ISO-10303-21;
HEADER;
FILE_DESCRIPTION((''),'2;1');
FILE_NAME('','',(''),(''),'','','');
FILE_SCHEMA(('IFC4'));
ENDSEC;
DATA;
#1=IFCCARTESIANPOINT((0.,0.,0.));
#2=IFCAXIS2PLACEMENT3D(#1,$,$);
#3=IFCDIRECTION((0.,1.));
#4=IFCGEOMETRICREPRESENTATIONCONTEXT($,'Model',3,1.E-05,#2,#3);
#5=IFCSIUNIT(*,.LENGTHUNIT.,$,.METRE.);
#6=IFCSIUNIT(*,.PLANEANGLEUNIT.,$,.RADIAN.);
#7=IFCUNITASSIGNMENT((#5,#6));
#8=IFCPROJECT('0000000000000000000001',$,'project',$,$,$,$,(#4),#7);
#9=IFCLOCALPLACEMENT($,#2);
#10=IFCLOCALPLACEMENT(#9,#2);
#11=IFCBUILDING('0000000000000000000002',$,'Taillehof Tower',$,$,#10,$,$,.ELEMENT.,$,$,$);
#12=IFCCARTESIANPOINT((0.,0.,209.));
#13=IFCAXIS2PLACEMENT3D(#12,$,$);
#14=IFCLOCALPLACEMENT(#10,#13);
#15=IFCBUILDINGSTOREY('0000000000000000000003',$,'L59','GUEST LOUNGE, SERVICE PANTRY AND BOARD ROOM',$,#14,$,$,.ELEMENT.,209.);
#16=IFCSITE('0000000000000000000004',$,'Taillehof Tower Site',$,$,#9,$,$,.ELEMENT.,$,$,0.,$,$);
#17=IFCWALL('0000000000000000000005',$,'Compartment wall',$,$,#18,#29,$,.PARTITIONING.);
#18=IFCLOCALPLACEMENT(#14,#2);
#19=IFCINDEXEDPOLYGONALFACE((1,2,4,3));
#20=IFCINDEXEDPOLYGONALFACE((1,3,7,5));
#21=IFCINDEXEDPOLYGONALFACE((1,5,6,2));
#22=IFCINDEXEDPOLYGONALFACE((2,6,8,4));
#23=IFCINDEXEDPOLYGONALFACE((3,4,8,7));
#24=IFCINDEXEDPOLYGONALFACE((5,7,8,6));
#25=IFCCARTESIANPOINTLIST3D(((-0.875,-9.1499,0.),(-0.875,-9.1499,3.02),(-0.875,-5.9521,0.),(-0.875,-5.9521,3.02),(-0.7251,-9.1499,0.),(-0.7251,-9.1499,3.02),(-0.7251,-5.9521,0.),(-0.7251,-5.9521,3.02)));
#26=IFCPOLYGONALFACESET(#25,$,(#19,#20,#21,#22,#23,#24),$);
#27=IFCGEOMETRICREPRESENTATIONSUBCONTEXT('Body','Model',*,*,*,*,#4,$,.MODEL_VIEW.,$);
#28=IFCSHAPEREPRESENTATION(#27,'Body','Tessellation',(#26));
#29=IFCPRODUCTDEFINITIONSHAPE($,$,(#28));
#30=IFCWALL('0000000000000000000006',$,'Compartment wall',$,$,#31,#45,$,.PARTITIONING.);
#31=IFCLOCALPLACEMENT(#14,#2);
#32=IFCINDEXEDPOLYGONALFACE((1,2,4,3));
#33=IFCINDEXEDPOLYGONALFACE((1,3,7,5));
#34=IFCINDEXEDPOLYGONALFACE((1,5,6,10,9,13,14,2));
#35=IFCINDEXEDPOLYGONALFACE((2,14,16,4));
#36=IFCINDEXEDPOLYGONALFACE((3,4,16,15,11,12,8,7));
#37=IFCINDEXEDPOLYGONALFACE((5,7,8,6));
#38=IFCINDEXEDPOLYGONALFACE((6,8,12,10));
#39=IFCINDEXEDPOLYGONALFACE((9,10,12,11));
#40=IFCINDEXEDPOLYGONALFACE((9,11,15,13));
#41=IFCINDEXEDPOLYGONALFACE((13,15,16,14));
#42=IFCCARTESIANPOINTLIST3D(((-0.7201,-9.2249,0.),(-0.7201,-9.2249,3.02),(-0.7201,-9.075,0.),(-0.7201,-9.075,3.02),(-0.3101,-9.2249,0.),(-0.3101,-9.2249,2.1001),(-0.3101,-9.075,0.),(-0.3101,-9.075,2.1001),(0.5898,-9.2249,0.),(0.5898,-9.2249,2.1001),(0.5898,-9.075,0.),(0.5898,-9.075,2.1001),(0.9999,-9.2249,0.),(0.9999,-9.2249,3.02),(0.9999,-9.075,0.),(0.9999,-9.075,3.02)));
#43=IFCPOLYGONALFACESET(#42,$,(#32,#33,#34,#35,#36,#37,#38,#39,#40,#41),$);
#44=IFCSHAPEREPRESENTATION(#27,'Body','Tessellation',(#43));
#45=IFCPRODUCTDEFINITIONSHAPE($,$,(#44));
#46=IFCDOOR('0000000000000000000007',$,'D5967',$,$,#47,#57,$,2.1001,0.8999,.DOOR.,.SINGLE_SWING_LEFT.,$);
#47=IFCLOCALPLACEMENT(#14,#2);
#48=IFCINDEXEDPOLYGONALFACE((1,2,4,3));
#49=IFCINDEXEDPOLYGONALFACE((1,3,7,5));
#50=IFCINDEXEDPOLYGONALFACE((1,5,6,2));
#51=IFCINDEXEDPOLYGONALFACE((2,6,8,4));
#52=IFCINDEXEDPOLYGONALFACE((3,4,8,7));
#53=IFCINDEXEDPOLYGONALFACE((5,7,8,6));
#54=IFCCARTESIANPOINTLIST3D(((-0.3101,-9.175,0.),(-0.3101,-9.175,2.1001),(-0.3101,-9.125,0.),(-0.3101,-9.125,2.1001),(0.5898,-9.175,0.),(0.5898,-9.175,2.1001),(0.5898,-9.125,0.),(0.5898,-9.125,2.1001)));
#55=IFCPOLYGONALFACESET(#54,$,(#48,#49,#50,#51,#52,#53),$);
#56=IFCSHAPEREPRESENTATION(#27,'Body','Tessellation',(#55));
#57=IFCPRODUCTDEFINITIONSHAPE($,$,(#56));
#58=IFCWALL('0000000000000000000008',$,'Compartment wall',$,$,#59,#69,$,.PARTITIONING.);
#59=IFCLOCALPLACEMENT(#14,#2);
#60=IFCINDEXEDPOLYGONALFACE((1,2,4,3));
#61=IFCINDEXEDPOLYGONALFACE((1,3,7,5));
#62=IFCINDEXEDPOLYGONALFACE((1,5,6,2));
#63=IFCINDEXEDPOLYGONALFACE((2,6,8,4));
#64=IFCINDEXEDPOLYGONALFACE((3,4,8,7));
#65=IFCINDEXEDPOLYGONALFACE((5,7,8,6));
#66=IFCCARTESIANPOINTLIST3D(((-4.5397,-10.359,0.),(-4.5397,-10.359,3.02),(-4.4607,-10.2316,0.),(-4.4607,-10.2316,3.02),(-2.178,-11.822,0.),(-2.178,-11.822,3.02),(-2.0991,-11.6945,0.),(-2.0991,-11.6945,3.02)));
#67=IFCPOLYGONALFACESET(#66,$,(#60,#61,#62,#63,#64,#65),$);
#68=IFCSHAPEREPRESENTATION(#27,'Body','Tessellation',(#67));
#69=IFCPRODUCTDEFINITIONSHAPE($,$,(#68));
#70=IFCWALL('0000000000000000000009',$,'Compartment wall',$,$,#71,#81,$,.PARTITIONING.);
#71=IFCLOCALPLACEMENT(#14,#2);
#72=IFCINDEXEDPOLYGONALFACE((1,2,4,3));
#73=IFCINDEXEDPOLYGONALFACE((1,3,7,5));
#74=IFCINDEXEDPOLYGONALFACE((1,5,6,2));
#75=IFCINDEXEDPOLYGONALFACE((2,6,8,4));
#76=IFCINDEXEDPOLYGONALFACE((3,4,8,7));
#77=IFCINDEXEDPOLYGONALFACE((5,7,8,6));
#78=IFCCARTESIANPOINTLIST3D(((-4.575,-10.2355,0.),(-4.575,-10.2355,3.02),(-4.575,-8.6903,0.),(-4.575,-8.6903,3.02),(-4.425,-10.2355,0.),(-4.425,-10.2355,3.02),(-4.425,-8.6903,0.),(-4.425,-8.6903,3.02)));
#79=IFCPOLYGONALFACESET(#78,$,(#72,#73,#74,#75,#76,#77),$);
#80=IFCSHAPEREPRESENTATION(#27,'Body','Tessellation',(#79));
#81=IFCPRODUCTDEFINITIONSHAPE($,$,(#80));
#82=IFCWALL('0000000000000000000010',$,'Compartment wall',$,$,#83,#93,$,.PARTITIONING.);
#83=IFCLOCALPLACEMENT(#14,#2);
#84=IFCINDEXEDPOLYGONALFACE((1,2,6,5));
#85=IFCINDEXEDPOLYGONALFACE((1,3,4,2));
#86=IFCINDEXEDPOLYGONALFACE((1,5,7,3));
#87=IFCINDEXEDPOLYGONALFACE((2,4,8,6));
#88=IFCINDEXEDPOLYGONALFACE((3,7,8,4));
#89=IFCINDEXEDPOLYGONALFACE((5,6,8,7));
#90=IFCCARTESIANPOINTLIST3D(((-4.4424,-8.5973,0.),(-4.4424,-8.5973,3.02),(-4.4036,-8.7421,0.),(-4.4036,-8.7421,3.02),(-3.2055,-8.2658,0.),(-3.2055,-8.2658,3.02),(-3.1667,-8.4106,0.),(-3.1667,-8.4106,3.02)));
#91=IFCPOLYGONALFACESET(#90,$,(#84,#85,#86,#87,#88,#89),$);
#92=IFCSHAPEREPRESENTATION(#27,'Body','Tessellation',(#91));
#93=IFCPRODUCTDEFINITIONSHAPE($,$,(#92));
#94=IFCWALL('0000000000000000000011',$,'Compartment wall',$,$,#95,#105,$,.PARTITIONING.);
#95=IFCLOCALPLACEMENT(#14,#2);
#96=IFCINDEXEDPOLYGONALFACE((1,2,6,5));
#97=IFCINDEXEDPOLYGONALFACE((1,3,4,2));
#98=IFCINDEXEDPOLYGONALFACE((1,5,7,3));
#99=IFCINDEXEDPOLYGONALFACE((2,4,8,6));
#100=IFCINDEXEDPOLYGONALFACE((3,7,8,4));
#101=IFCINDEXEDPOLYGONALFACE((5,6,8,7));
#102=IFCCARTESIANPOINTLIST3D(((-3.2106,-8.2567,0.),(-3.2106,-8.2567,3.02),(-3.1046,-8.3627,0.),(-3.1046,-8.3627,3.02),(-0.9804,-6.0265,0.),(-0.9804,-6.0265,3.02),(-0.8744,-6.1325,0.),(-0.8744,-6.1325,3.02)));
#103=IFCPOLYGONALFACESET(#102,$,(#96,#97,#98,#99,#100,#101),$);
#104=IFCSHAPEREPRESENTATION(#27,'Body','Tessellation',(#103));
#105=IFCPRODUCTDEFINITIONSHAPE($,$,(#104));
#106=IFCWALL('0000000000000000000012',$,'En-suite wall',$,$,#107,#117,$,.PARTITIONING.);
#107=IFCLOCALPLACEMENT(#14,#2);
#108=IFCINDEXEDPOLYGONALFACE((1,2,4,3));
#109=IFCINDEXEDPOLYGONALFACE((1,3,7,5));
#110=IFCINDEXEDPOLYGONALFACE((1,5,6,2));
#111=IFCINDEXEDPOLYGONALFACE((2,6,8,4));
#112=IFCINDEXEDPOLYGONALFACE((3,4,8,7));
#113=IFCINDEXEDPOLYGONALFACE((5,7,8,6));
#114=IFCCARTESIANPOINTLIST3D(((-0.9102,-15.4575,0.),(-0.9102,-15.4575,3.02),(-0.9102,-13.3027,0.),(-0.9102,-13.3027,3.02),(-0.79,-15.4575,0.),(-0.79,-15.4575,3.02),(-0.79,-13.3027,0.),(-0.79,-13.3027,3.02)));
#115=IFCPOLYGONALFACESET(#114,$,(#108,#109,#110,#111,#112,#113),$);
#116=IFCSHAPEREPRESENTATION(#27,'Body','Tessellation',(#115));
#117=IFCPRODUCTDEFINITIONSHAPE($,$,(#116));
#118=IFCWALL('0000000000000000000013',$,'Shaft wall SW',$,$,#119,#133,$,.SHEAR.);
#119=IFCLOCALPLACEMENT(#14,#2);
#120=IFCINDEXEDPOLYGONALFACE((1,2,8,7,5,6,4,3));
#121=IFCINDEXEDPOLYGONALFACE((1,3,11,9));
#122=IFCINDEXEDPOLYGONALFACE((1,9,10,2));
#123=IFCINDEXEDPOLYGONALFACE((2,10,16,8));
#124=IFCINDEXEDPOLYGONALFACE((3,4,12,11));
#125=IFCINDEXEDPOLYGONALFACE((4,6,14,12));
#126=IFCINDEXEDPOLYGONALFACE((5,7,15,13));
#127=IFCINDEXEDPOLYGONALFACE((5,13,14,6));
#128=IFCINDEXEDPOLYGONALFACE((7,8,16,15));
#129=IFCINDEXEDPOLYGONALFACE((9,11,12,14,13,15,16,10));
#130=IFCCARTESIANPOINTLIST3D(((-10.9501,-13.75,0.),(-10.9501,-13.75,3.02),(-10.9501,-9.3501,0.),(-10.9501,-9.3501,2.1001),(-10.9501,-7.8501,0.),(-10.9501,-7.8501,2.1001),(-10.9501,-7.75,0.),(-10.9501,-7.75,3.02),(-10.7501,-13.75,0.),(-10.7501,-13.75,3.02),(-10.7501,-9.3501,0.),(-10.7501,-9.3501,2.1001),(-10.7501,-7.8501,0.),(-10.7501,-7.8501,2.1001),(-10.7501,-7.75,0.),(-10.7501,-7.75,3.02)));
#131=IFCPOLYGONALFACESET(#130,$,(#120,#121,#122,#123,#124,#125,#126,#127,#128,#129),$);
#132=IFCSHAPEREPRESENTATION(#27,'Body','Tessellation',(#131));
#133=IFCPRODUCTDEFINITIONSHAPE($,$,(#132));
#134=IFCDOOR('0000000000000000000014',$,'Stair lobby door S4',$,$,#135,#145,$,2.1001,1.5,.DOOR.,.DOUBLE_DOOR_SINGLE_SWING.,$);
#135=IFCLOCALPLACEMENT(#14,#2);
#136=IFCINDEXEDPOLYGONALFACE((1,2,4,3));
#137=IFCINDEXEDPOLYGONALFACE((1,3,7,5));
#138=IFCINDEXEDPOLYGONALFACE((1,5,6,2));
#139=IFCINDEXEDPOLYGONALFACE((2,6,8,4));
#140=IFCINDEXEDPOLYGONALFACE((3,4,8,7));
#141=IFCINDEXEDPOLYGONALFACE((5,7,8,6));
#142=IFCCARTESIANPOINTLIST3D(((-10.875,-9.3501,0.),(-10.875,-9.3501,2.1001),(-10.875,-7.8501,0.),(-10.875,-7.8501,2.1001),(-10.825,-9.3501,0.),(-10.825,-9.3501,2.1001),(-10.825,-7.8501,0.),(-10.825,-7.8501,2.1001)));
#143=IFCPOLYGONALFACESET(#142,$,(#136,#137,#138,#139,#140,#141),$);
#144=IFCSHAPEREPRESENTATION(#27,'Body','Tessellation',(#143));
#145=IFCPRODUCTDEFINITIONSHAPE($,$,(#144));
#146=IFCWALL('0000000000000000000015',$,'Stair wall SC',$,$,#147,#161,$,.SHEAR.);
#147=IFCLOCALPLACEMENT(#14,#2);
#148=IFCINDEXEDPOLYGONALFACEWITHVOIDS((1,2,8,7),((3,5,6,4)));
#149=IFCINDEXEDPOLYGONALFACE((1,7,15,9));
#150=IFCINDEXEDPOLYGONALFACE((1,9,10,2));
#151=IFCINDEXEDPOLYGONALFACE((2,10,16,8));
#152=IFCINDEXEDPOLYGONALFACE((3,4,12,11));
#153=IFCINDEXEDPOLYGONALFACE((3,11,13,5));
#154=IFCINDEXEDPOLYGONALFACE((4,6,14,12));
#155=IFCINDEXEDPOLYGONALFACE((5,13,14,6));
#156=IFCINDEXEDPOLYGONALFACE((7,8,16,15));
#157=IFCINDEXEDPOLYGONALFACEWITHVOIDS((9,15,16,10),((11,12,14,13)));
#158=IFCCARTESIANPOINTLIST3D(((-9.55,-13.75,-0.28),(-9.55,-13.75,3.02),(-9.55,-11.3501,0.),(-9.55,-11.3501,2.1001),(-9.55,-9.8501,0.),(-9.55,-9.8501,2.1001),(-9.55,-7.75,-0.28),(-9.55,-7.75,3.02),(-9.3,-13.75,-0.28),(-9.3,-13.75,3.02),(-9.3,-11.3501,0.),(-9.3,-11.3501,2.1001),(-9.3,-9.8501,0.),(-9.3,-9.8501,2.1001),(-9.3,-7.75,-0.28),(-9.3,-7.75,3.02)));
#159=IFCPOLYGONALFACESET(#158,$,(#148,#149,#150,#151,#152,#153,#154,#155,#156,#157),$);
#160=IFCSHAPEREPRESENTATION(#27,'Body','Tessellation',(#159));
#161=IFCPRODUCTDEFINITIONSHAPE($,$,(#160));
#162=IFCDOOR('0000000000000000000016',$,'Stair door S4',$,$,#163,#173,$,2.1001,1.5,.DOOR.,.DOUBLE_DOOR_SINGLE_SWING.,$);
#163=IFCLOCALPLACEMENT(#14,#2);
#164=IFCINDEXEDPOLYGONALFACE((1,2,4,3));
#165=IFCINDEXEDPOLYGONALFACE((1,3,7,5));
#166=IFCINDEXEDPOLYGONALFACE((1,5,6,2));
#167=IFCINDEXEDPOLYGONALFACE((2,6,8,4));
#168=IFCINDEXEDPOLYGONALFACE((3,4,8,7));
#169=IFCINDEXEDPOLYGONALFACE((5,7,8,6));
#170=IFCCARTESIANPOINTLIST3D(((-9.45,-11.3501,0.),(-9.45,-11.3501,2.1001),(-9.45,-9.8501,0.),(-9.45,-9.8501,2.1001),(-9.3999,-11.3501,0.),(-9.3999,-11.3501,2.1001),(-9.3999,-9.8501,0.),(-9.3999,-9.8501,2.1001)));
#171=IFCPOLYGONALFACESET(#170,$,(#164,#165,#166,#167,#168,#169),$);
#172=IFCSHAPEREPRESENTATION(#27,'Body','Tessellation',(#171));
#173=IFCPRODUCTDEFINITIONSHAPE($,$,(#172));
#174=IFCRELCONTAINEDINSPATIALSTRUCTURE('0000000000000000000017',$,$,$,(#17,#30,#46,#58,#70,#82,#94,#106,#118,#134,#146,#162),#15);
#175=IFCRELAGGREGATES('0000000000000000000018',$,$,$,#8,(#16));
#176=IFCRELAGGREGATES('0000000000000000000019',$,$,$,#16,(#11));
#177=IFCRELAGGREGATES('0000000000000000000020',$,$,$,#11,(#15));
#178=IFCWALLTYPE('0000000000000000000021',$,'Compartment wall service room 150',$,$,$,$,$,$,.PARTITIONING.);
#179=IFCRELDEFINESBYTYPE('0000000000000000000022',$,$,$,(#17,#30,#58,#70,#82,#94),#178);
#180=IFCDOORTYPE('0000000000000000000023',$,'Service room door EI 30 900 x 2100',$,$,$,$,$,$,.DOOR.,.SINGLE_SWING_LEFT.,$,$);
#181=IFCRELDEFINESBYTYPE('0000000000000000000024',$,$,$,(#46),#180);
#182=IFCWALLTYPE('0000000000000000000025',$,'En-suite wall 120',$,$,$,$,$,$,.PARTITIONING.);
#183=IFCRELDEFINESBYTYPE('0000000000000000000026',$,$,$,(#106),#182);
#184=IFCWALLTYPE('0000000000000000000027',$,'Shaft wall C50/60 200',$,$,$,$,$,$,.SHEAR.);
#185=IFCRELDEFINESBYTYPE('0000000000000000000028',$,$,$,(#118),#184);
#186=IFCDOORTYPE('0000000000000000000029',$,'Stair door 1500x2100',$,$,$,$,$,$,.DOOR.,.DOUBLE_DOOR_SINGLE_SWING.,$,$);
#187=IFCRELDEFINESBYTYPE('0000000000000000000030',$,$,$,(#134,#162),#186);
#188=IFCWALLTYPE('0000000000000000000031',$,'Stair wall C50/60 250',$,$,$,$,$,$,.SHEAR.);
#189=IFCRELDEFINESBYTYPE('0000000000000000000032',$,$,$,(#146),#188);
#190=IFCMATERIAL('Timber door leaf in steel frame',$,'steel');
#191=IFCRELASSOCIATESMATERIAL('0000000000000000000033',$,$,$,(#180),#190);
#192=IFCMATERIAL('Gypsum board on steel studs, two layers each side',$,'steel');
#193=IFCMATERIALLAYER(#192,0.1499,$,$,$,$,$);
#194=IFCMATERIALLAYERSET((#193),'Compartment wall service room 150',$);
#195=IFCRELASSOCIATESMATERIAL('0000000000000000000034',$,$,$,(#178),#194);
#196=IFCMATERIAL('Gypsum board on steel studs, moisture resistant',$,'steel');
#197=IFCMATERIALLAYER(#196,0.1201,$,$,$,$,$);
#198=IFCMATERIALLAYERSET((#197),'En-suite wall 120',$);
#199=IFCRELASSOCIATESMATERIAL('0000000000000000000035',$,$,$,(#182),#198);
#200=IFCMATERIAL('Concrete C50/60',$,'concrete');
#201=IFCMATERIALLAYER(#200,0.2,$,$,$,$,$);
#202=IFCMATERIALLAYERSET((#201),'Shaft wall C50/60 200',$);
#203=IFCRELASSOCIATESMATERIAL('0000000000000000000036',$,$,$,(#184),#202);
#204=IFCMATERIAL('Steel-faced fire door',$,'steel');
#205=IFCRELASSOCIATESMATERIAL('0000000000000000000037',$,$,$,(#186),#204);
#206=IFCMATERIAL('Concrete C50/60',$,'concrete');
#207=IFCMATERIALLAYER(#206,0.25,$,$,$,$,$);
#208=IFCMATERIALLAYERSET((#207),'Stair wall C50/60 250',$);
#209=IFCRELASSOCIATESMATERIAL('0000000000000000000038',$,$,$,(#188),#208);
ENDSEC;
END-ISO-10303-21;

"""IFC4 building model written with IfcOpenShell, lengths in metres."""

from ifc_helpers import new_model, si_unit, direction, frame, frame_2d, origin, place, context, subcontext, project, spatial, rectangle, extrude, material, layer, layer_set, type_object, element, fill, save


model = new_model("IFC4")

# Units and contexts
model_context = context("Model", 3, precision=1e-05, world=origin(), true_north=direction((0.0, 1.0)))
body_context = subcontext(model_context, "Body", "Model", "MODEL_VIEW")
ifc_project = project(units=[si_unit("LENGTHUNIT", "METRE"), si_unit("PLANEANGLEUNIT", "RADIAN")], contexts=[model_context])

# Site, building, storey
site_placement = place(None, origin())
site = spatial("IfcSite", under=ifc_project, at=site_placement, Name="Taillehof Tower Site", CompositionType="ELEMENT", RefElevation=0.0)
building_placement = place(site_placement, origin())
building = spatial("IfcBuilding", under=site, at=building_placement, Name="Taillehof Tower", CompositionType="ELEMENT")
storey_placement = place(building_placement, frame((0.0, 0.0, 209.0)))
storey = spatial("IfcBuildingStorey", under=building, at=storey_placement, Name="L59", Description="GUEST LOUNGE, SERVICE PANTRY AND BOARD ROOM", CompositionType="ELEMENT", Elevation=209.0)

# Shared definitions
ifc_material_1 = material(Name="Timber door leaf in steel frame", Category="steel")
door_type_1 = type_object("IfcDoorType", Name="Service room door EI 30 900 x 2100", OperationType="SINGLE_SWING_LEFT", PredefinedType="DOOR", material=ifc_material_1)

# Wall
ifc_material_2 = material(Name="Gypsum board on steel studs, two layers each side", Category="steel")
ifc_layer_1 = layer(ifc_material_2, 0.1499)
ifc_layer_set_1 = layer_set([ifc_layer_1], Name="Compartment wall service room 150")
wall_type_1 = type_object("IfcWallType", Name="Compartment wall service room 150", PredefinedType="PARTITIONING", material=ifc_layer_set_1)
wall_1_placement = place(storey_placement, frame((-0.8, -5.9521, 0.0), z_axis=(0.0, 0.0, 1.0), x_axis=(0.0, -1.0, 0.0)))
element("IfcWall", 1, at=wall_1_placement, inside=storey, type_object=wall_type_1, Name="Compartment wall", PredefinedType="PARTITIONING", context=body_context, shape_type="SweptSolid", body=[
    extrude(rectangle(XDim=3.1978, YDim=0.1499, at=frame_2d((1.5989, 0.0))), origin(), (0.0, 0.0, 1.0), 3.02),
])

# Wall, opening, door
wall_2_placement = place(storey_placement, frame((-0.72, -9.1499, 0.0), z_axis=(0.0, 0.0, 1.0), x_axis=(1.0, 0.0, 0.0)))
wall_2 = element("IfcWall", 2, at=wall_2_placement, inside=storey, type_object=wall_type_1, Name="Compartment wall", PredefinedType="PARTITIONING", context=body_context, shape_type="SweptSolid", body=[
    extrude(rectangle(XDim=1.72, YDim=0.1499, at=frame_2d((0.8599, 0.0))), origin(), (0.0, 0.0, 1.0), 3.02),
])
opening_1_placement = place(wall_2_placement, frame((0.4099, 0.0, 0.0)))
opening_1 = element("IfcOpeningElement", 3, at=opening_1_placement, cuts=wall_2, PredefinedType="OPENING", context=body_context, shape_type="SweptSolid", body=[
    extrude(rectangle(XDim=0.8999, YDim=2.1001, at=frame_2d((0.45, 1.05))), frame((0.0, 0.085, 0.0), z_axis=(0.0, -1.0, 0.0), x_axis=(1.0, 0.0, 0.0)), (0.0, 0.0, 1.0), 0.1699),
])
door_1_placement = place(opening_1_placement, origin())
door_1 = element("IfcDoor", 4, at=door_1_placement, inside=storey, type_object=door_type_1, Name="D5967", OperationType="SINGLE_SWING_LEFT", OverallHeight=2.1001, OverallWidth=0.8999, PredefinedType="DOOR", context=body_context, shape_type="SweptSolid", body=[
    extrude(rectangle(XDim=0.8999, YDim=2.1001, at=frame_2d((0.45, 1.05))), frame((0.0, 0.0249, 0.0), z_axis=(0.0, -1.0, 0.0), x_axis=(1.0, 0.0, 0.0)), (0.0, 0.0, 1.0), 0.05),
])
fill(opening_1, door_1)

# Walls
wall_3_placement = place(storey_placement, frame((-2.1384, -11.7583, 0.0), z_axis=(0.0, 0.0, 1.0), x_axis=(-0.85011, 0.526606, 0.0)))
element("IfcWall", 5, at=wall_3_placement, inside=storey, type_object=wall_type_1, Name="Compartment wall", PredefinedType="PARTITIONING", context=body_context, shape_type="SweptSolid", body=[
    extrude(rectangle(XDim=2.7781, YDim=0.1499, at=frame_2d((1.3892, 0.0))), origin(), (0.0, 0.0, 1.0), 3.02),
])
wall_4_placement = place(storey_placement, frame((-4.5, -10.2354, 0.0), z_axis=(0.0, 0.0, 1.0), x_axis=(0.0, 1.0, 0.0)))
element("IfcWall", 6, at=wall_4_placement, inside=storey, type_object=wall_type_1, Name="Compartment wall", PredefinedType="PARTITIONING", context=body_context, shape_type="SweptSolid", body=[
    extrude(rectangle(XDim=1.5452, YDim=0.1499, at=frame_2d((0.7725, 0.0))), origin(), (0.0, 0.0, 1.0), 3.02),
])
wall_5_placement = place(storey_placement, frame((-4.4229, -8.6697, 0.0), z_axis=(0.0, 0.0, 1.0), x_axis=(0.965899, 0.25892, 0.0)))
element("IfcWall", 7, at=wall_5_placement, inside=storey, type_object=wall_type_1, Name="Compartment wall", PredefinedType="PARTITIONING", context=body_context, shape_type="SweptSolid", body=[
    extrude(rectangle(XDim=1.2805, YDim=0.1499, at=frame_2d((0.6401, 0.0))), origin(), (0.0, 0.0, 1.0), 3.02),
])
wall_6_placement = place(storey_placement, frame((-3.1577, -8.3098, 0.0), z_axis=(0.0, 0.0, 1.0), x_axis=(0.707107, 0.707107, 0.0)))
element("IfcWall", 8, at=wall_6_placement, inside=storey, type_object=wall_type_1, Name="Compartment wall", PredefinedType="PARTITIONING", context=body_context, shape_type="SweptSolid", body=[
    extrude(rectangle(XDim=3.1541, YDim=0.1499, at=frame_2d((1.5771, 0.0))), origin(), (0.0, 0.0, 1.0), 3.02),
])
ifc_material_3 = material(Name="Gypsum board on steel studs, moisture resistant", Category="steel")
ifc_layer_2 = layer(ifc_material_3, 0.1201)
ifc_layer_set_2 = layer_set([ifc_layer_2], Name="En-suite wall 120")
wall_type_2 = type_object("IfcWallType", Name="En-suite wall 120", PredefinedType="PARTITIONING", material=ifc_layer_set_2)
wall_7_placement = place(storey_placement, frame((-0.8501, -13.3027, 0.0), z_axis=(0.0, 0.0, 1.0), x_axis=(0.0, -1.0, 0.0)))
element("IfcWall", 9, at=wall_7_placement, inside=storey, type_object=wall_type_2, Name="En-suite wall", PredefinedType="PARTITIONING", context=body_context, shape_type="SweptSolid", body=[
    extrude(rectangle(XDim=2.1548, YDim=0.1201, at=frame_2d((1.0774, 0.0))), origin(), (0.0, 0.0, 1.0), 3.02),
])

# Walls, openings, doors
ifc_material_4 = material(Name="Concrete C50/60", Category="concrete")
ifc_layer_3 = layer(ifc_material_4, 0.2)
ifc_layer_set_3 = layer_set([ifc_layer_3], Name="Shaft wall C50/60 200")
wall_type_3 = type_object("IfcWallType", Name="Shaft wall C50/60 200", PredefinedType="SHEAR", material=ifc_layer_set_3)
wall_8_placement = place(storey_placement, frame((-10.8501, -13.75, 0.0), z_axis=(0.0, 0.0, 1.0), x_axis=(0.0, 1.0, 0.0)))
wall_8 = element("IfcWall", 10, at=wall_8_placement, inside=storey, type_object=wall_type_3, Name="Shaft wall SW", PredefinedType="SHEAR", context=body_context, shape_type="SweptSolid", body=[
    extrude(rectangle(XDim=6.0, YDim=0.2, at=frame_2d((3.0, 0.0))), origin(), (0.0, 0.0, 1.0), 3.02),
])
opening_2_placement = place(wall_8_placement, frame((4.3999, 0.0, 0.0)))
opening_2 = element("IfcOpeningElement", 11, at=opening_2_placement, cuts=wall_8, PredefinedType="OPENING", context=body_context, shape_type="SweptSolid", body=[
    extrude(rectangle(XDim=1.5, YDim=2.1001, at=frame_2d((0.75, 1.05))), frame((0.0, 0.1099, 0.0), z_axis=(0.0, -1.0, 0.0), x_axis=(1.0, 0.0, 0.0)), (0.0, 0.0, 1.0), 0.22),
])
ifc_material_5 = material(Name="Steel-faced fire door", Category="steel")
door_type_2 = type_object("IfcDoorType", Name="Stair door 1500x2100", OperationType="DOUBLE_DOOR_SINGLE_SWING", PredefinedType="DOOR", material=ifc_material_5)
door_2_placement = place(opening_2_placement, origin())
door_2 = element("IfcDoor", 12, at=door_2_placement, inside=storey, type_object=door_type_2, Name="Stair lobby door S4", OperationType="DOUBLE_DOOR_SINGLE_SWING", OverallHeight=2.1001, OverallWidth=1.5, PredefinedType="DOOR", context=body_context, shape_type="SweptSolid", body=[
    extrude(rectangle(XDim=1.5, YDim=2.1001, at=frame_2d((0.75, 1.05))), frame((0.0, 0.0249, 0.0), z_axis=(0.0, -1.0, 0.0), x_axis=(1.0, 0.0, 0.0)), (0.0, 0.0, 1.0), 0.05),
])
fill(opening_2, door_2)
ifc_material_6 = material(Name="Concrete C50/60", Category="concrete")
ifc_layer_4 = layer(ifc_material_6, 0.25)
ifc_layer_set_4 = layer_set([ifc_layer_4], Name="Stair wall C50/60 250")
wall_type_4 = type_object("IfcWallType", Name="Stair wall C50/60 250", PredefinedType="SHEAR", material=ifc_layer_set_4)
wall_9_placement = place(storey_placement, frame((-9.425, -13.75, -0.28), z_axis=(0.0, 0.0, 1.0), x_axis=(0.0, 1.0, 0.0)))
wall_9 = element("IfcWall", 13, at=wall_9_placement, inside=storey, type_object=wall_type_4, Name="Stair wall SC", PredefinedType="SHEAR", context=body_context, shape_type="SweptSolid", body=[
    extrude(rectangle(XDim=6.0, YDim=0.25, at=frame_2d((3.0, 0.0))), origin(), (0.0, 0.0, 1.0), 3.3),
])
opening_3_placement = place(wall_9_placement, frame((2.3999, 0.0, 0.28)))
opening_3 = element("IfcOpeningElement", 14, at=opening_3_placement, cuts=wall_9, PredefinedType="OPENING", context=body_context, shape_type="SweptSolid", body=[
    extrude(rectangle(XDim=1.5, YDim=2.1001, at=frame_2d((0.75, 1.05))), frame((0.0, 0.135, 0.0), z_axis=(0.0, -1.0, 0.0), x_axis=(1.0, 0.0, 0.0)), (0.0, 0.0, 1.0), 0.27),
])
door_3_placement = place(opening_3_placement, origin())
door_3 = element("IfcDoor", 15, at=door_3_placement, inside=storey, type_object=door_type_2, Name="Stair door S4", OperationType="DOUBLE_DOOR_SINGLE_SWING", OverallHeight=2.1001, OverallWidth=1.5, PredefinedType="DOOR", context=body_context, shape_type="SweptSolid", body=[
    extrude(rectangle(XDim=1.5, YDim=2.1001, at=frame_2d((0.75, 1.05))), frame((0.0, 0.0249, 0.0), z_axis=(0.0, -1.0, 0.0), x_axis=(1.0, 0.0, 0.0)), (0.0, 0.0, 1.0), 0.05),
])
fill(opening_3, door_3)

save(model, "model.ifc")
